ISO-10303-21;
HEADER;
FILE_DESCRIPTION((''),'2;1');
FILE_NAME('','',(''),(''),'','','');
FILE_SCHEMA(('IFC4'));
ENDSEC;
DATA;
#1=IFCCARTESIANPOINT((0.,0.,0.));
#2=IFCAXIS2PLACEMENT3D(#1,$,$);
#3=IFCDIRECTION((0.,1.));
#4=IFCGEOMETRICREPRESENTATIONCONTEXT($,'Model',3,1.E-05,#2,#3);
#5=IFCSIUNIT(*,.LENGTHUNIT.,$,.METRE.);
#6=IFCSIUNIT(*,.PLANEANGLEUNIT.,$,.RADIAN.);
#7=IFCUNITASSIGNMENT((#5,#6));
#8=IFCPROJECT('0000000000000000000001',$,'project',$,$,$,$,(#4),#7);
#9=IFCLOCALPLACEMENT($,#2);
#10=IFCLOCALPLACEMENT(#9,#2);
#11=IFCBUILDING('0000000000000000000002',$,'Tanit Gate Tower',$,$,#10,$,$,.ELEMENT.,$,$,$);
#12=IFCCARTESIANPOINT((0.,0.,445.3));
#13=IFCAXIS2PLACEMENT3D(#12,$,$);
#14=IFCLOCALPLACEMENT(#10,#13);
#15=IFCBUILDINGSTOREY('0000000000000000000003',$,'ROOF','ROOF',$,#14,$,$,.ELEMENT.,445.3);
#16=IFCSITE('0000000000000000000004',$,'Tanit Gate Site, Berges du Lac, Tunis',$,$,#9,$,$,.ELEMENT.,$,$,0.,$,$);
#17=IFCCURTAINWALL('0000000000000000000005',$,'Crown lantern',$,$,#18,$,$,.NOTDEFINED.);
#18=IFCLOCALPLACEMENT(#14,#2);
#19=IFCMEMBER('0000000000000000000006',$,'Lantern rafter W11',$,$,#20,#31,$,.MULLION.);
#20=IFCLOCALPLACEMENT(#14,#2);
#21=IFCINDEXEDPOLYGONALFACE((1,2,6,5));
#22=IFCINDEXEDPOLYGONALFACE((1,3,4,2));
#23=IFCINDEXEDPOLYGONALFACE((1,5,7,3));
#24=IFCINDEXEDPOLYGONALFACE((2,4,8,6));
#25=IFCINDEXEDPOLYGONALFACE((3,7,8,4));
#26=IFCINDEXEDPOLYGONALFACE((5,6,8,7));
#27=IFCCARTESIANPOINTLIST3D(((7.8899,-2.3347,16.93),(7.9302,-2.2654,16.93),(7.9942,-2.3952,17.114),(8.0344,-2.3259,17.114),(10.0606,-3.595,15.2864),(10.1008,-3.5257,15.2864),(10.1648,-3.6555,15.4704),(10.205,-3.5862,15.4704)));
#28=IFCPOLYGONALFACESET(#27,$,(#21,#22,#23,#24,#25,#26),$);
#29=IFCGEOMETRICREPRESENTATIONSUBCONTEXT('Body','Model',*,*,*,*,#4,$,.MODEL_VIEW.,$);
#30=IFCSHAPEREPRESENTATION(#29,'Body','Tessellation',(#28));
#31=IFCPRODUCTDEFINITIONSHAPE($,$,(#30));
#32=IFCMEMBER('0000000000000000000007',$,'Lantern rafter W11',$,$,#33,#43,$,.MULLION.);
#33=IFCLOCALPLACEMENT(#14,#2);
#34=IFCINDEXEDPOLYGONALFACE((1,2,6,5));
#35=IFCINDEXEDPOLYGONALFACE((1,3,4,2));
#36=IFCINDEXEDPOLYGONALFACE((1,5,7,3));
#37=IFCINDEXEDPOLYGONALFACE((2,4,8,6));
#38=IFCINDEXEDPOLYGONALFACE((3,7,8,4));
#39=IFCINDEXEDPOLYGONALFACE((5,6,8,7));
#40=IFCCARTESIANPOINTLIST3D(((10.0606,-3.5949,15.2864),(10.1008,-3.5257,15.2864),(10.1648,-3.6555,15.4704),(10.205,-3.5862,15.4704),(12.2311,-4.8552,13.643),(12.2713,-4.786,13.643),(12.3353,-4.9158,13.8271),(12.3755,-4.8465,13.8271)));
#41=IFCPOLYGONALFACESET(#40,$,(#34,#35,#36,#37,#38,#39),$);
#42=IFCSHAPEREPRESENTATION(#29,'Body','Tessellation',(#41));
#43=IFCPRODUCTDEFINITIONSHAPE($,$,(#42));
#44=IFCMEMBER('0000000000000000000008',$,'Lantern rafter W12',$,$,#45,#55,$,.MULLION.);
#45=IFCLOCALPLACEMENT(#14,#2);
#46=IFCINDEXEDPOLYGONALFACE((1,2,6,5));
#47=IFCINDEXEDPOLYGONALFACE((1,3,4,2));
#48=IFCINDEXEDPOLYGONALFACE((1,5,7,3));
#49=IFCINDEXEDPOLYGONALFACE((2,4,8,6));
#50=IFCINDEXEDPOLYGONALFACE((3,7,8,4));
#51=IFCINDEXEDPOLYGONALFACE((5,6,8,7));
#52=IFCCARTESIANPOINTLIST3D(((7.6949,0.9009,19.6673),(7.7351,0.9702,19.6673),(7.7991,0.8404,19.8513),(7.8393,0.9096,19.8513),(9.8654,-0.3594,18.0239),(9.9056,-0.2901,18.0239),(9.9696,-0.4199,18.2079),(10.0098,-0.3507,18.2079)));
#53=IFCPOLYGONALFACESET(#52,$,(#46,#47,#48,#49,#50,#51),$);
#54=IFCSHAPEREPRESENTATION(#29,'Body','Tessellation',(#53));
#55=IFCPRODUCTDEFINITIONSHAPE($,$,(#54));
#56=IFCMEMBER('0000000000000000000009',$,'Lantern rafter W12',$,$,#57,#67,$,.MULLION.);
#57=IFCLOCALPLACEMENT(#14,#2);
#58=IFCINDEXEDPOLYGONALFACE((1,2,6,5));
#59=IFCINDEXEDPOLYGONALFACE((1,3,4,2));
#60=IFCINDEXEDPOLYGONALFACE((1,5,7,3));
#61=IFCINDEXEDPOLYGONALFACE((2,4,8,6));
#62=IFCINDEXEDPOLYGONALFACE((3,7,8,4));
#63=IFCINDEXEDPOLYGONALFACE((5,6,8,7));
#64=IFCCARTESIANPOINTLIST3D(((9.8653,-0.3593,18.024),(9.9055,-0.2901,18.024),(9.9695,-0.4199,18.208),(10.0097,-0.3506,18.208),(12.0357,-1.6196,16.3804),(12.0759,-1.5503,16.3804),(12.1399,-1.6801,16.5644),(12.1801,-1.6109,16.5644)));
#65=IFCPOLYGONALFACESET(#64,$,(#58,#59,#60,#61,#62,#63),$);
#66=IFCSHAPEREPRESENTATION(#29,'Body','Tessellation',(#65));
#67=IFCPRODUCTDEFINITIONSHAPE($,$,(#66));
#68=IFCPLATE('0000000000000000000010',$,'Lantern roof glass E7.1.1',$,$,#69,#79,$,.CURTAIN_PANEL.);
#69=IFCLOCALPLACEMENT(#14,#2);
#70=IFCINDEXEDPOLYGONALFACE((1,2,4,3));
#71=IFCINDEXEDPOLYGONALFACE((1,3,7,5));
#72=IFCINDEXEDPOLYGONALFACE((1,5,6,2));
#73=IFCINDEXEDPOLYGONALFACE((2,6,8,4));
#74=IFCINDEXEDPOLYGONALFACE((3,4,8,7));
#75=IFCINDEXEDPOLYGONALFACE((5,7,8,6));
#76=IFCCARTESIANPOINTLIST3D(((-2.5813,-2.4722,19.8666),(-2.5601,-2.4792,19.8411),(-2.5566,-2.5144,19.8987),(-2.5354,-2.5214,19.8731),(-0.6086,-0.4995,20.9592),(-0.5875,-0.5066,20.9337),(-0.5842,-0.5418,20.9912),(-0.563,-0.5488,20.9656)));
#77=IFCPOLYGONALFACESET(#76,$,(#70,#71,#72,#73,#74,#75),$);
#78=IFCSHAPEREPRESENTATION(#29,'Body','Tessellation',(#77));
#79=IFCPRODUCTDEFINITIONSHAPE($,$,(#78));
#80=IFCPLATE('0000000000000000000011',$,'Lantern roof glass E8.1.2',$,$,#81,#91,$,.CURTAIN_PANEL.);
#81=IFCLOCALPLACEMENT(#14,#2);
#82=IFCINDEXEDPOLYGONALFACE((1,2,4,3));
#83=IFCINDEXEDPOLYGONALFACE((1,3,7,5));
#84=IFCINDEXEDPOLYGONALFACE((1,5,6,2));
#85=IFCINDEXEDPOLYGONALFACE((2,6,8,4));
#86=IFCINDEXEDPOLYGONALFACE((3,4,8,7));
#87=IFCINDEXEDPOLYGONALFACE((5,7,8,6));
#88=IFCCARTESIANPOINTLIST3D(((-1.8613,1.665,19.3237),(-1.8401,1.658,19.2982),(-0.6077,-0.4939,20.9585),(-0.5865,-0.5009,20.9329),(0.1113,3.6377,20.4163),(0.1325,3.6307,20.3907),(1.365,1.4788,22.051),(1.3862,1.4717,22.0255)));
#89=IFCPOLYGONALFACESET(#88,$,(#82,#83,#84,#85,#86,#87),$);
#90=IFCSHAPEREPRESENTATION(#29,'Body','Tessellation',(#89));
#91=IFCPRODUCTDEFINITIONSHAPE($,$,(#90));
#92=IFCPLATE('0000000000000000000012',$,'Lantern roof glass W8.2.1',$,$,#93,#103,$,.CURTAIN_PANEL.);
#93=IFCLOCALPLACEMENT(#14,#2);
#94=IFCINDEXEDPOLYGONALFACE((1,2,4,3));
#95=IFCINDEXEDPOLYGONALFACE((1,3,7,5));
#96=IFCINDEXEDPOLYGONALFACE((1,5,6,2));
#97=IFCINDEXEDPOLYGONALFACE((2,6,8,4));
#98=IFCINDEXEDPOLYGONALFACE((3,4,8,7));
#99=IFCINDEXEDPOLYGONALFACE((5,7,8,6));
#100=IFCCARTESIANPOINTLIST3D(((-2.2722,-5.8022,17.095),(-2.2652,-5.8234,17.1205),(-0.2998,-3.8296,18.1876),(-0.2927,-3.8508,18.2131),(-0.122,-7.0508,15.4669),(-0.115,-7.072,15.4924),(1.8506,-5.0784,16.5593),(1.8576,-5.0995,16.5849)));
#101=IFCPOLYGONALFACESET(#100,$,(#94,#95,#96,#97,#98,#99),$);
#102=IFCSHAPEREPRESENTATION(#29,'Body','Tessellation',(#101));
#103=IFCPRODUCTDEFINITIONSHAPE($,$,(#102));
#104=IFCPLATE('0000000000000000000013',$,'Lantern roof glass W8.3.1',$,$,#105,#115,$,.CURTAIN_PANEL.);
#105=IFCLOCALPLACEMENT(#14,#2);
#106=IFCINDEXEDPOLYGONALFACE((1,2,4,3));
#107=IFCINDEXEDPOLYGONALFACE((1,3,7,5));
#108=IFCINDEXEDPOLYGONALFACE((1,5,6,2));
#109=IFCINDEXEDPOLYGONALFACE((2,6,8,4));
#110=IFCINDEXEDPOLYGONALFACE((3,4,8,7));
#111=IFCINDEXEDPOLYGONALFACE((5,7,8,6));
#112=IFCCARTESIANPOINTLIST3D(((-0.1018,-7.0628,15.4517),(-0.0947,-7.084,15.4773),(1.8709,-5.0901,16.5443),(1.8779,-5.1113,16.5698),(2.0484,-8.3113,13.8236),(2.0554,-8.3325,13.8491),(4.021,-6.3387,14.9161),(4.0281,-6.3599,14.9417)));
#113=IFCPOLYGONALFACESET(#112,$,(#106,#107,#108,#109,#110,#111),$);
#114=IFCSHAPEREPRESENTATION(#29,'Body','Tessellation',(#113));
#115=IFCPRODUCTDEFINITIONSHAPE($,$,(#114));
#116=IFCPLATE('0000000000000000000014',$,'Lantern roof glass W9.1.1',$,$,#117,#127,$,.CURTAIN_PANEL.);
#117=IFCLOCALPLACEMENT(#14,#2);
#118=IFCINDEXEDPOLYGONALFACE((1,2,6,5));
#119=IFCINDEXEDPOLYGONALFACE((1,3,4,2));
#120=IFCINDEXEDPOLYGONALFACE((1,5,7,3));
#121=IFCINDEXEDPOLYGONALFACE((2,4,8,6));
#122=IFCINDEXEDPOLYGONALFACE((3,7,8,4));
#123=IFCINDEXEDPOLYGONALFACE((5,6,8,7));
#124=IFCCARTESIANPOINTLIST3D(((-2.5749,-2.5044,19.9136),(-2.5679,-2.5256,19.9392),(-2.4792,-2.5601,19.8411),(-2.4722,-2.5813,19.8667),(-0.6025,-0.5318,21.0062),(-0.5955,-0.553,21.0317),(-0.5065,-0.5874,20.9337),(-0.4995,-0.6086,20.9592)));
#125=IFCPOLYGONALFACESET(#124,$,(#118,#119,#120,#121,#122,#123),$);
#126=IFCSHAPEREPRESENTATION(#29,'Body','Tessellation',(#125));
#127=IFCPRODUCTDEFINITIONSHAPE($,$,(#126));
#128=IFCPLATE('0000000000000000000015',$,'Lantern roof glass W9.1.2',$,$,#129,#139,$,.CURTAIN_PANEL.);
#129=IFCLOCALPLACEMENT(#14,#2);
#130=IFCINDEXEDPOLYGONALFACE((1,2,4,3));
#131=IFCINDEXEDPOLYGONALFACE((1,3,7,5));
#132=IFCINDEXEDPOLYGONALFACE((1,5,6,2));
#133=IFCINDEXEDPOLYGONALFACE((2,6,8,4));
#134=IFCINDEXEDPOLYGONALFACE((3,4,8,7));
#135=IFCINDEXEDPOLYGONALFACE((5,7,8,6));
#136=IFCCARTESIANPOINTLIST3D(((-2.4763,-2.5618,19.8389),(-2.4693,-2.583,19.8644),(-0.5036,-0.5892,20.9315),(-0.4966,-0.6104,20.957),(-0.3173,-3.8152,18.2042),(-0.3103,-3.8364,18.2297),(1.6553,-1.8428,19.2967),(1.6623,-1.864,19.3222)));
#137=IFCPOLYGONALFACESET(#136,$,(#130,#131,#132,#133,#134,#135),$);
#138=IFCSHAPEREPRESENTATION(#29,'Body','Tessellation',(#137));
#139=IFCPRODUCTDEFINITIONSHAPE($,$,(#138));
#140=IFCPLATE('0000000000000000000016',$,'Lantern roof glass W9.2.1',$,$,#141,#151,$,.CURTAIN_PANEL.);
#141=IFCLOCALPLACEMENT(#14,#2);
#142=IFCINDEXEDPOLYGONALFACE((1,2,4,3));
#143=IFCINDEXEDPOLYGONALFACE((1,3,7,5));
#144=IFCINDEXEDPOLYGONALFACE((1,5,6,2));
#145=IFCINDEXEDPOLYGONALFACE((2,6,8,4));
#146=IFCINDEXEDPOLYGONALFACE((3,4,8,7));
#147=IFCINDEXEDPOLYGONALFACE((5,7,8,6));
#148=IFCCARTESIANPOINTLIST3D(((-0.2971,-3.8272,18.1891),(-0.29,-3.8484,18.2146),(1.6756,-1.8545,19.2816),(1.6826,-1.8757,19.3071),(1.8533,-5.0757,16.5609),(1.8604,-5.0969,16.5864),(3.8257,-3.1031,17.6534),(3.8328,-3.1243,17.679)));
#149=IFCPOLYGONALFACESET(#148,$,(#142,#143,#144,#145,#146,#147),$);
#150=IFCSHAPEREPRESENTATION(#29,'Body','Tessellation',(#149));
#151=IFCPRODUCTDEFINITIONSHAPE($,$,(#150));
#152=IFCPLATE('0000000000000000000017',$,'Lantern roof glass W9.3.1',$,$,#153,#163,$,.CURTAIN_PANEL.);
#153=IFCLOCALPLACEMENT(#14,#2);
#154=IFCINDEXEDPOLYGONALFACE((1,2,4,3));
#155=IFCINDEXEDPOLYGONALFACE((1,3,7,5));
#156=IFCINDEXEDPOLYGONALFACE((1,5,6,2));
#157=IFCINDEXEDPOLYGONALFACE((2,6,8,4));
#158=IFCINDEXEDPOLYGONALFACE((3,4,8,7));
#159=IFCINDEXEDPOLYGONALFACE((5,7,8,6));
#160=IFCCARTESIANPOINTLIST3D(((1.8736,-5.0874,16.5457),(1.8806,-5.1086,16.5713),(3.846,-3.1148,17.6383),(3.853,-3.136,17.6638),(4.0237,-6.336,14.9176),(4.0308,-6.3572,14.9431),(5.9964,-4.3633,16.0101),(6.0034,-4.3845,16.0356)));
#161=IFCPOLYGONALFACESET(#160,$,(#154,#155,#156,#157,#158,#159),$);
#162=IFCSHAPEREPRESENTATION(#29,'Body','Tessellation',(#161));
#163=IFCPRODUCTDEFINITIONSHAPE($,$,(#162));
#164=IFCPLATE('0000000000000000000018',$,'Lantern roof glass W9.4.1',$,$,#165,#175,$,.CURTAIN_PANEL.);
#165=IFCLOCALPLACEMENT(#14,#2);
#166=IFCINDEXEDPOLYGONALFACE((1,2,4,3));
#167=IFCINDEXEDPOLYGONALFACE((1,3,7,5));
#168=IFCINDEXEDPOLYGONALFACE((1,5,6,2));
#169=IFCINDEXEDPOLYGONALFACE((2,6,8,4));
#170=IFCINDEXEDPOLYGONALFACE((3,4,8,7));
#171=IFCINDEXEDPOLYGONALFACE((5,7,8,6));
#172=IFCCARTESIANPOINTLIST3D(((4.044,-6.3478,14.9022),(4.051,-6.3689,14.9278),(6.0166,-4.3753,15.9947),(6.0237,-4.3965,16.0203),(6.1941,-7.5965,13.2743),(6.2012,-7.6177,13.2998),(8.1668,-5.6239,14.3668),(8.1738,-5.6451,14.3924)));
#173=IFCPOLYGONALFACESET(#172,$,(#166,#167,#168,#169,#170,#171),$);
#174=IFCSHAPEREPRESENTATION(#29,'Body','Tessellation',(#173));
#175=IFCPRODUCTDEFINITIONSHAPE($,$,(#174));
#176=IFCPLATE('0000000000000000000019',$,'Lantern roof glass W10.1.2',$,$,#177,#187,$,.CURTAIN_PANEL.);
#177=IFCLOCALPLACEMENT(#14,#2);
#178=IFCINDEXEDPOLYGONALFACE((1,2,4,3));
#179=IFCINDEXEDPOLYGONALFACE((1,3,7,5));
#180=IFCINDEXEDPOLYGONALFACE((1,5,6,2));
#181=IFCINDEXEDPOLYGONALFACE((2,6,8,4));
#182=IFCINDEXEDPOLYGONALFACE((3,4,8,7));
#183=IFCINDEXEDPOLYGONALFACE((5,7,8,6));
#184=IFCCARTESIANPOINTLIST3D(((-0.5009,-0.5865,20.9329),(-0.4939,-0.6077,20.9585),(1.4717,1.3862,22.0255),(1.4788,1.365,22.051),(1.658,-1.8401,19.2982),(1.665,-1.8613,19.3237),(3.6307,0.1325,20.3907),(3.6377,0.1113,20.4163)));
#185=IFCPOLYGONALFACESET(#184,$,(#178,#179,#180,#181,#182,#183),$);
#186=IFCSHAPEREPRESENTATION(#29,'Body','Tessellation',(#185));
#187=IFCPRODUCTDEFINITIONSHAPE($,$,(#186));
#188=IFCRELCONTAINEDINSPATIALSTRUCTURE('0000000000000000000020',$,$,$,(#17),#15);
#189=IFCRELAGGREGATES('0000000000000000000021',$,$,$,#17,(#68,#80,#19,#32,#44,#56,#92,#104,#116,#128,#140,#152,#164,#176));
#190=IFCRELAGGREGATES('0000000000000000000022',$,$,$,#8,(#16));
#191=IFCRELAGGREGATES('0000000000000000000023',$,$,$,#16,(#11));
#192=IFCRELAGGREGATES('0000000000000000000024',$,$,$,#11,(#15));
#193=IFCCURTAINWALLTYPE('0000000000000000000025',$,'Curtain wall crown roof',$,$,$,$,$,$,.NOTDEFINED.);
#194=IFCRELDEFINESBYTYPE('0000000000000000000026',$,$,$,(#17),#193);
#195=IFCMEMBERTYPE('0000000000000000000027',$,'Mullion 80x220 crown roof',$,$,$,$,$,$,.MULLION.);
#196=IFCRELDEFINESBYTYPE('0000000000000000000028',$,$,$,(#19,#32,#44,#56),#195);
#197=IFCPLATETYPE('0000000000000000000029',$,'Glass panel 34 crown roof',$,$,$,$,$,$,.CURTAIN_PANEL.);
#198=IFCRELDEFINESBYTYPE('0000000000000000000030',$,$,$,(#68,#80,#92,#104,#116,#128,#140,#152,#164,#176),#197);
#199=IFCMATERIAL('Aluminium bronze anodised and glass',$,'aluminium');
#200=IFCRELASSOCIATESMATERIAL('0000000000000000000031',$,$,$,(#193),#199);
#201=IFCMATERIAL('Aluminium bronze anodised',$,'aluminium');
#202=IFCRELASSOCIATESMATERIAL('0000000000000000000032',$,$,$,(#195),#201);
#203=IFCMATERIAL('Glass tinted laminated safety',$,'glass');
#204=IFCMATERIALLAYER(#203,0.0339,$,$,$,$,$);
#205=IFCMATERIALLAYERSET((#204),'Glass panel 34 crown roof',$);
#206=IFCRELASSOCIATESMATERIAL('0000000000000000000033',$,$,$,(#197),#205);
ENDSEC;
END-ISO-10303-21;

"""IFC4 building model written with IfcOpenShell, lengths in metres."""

from ifc_helpers import new_model, si_unit, direction, frame, origin, origin_2d, place, context, subcontext, project, spatial, polyline, rectangle, outline, extrude, material, layer, layer_set, material_profile, profile_set, type_object, element, aggregate, save


model = new_model("IFC4")

# Units and contexts
model_context = context("Model", 3, precision=1e-05, world=origin(), true_north=direction((0.0, 1.0)))
body_context = subcontext(model_context, "Body", "Model", "MODEL_VIEW")
ifc_project = project(units=[si_unit("LENGTHUNIT", "METRE"), si_unit("PLANEANGLEUNIT", "RADIAN")], contexts=[model_context])

# Site, building, storey
site_placement = place(None, origin())
site = spatial("IfcSite", under=ifc_project, at=site_placement, Name="Tanit Gate Site, Berges du Lac, Tunis", CompositionType="ELEMENT", RefElevation=0.0)
building_placement = place(site_placement, origin())
building = spatial("IfcBuilding", under=site, at=building_placement, Name="Tanit Gate Tower", CompositionType="ELEMENT")
storey_placement = place(building_placement, frame((0.0, 0.0, 445.3)))
storey = spatial("IfcBuildingStorey", under=building, at=storey_placement, Name="ROOF", Description="ROOF", CompositionType="ELEMENT", Elevation=445.3)

# Curtain wall, members, plates
ifc_material_1 = material(Name="Aluminium bronze anodised and glass", Category="aluminium")
curtain_wall_type = type_object("IfcCurtainWallType", Name="Curtain wall crown roof", PredefinedType="NOTDEFINED", material=ifc_material_1)
curtain_wall_placement = place(storey_placement, origin())
curtain_wall = element("IfcCurtainWall", 1, at=curtain_wall_placement, inside=storey, type_object=curtain_wall_type, Name="Crown lantern", PredefinedType="NOTDEFINED")
ifc_material_2 = material(Name="Aluminium bronze anodised", Category="aluminium")
ifc_material_profile = material_profile(ifc_material_2, rectangle(XDim=0.0801, YDim=0.22, at=origin_2d()), Name="80x220 bronze rafter")
ifc_profile_set = profile_set([ifc_material_profile], Name="Aluminium bronze anodised")
member_type = type_object("IfcMemberType", Name="Mullion 80x220 crown roof", PredefinedType="MULLION", material=ifc_profile_set)
member_1_placement = place(storey_placement, frame((7.9622, -2.3303, 17.022), z_axis=(0.723501, -0.420055, -0.547813), x_axis=(0.502098, 0.864811, 0.0)))
member_1 = element("IfcMember", 2, at=member_1_placement, type_object=member_type, Name="Lantern rafter W11", PredefinedType="MULLION", context=body_context, shape_type="SweptSolid", body=[
    extrude(rectangle(XDim=0.0801, YDim=0.22, at=origin_2d()), origin(), (0.0, 0.0, 1.0), 3.0002),
])
member_2_placement = place(storey_placement, frame((10.1328, -3.5906, 15.3784), z_axis=(0.723495, -0.420099, -0.547789), x_axis=(0.50214, 0.864786, 0.0)))
member_2 = element("IfcMember", 3, at=member_2_placement, type_object=member_type, Name="Lantern rafter W11", PredefinedType="MULLION", context=body_context, shape_type="SweptSolid", body=[
    extrude(rectangle(XDim=0.0801, YDim=0.22, at=origin_2d()), origin(), (0.0, 0.0, 1.0), 3.0),
])
member_3_placement = place(storey_placement, frame((7.7671, 0.9053, 19.7593), z_axis=(0.723495, -0.420099, -0.547789), x_axis=(0.50214, 0.864786, 0.0)))
member_3 = element("IfcMember", 4, at=member_3_placement, type_object=member_type, Name="Lantern rafter W12", PredefinedType="MULLION", context=body_context, shape_type="SweptSolid", body=[
    extrude(rectangle(XDim=0.0801, YDim=0.22, at=origin_2d()), origin(), (0.0, 0.0, 1.0), 3.0),
])
member_4_placement = place(storey_placement, frame((9.9375, -0.355, 18.116), z_axis=(0.723462, -0.42008, -0.547846), x_axis=(0.50214, 0.864786, 0.0)))
member_4 = element("IfcMember", 5, at=member_4_placement, type_object=member_type, Name="Lantern rafter W12", PredefinedType="MULLION", context=body_context, shape_type="SweptSolid", body=[
    extrude(rectangle(XDim=0.0801, YDim=0.22, at=origin_2d()), origin(), (0.0, 0.0, 1.0), 3.0),
])
ifc_material_3 = material(Name="Glass tinted laminated safety", Category="glass")
ifc_layer = layer(ifc_material_3, 0.0339)
ifc_layer_set = layer_set([ifc_layer], Name="Glass panel 34 crown roof")
plate_type = type_object("IfcPlateType", Name="Glass panel 34 crown roof", PredefinedType="CURTAIN_PANEL", material=ifc_layer_set)
plate_1_placement = place(storey_placement, frame((-0.6086, -0.4995, 20.9592), z_axis=(-0.624484, 0.207409, 0.752995), x_axis=(-0.658401, -0.658422, -0.364675)))
plate_1 = element("IfcPlate", 6, at=plate_1_placement, type_object=plate_type, Name="Lantern roof glass E7.1.1", PredefinedType="CURTAIN_PANEL", context=body_context, shape_type="SweptSolid", body=[
    extrude(outline(polyline([(0.0, 0.0), (2.9961, 0.0), (2.996, 0.0584), (0.0001, 0.0583), (0.0, 0.0)])), origin(), (0.0, 0.0, -1.0), 0.0339),
])
plate_2_placement = place(storey_placement, frame((-0.6077, -0.4939, 20.9585), z_axis=(-0.624509, 0.207497, 0.75295), x_axis=(0.658417, 0.658417, 0.364656)))
plate_2 = element("IfcPlate", 7, at=plate_2_placement, type_object=plate_type, Name="Lantern roof glass E8.1.2", PredefinedType="CURTAIN_PANEL", context=body_context, shape_type="SweptSolid", body=[
    extrude(outline(polyline([(0.0, 0.0), (2.9961, 0.0), (2.996, 2.9841), (-0.0001, 2.9841), (0.0, 0.0)])), origin(), (0.0, 0.0, -1.0), 0.0339),
])
plate_3_placement = place(storey_placement, frame((-0.115, -7.072, 15.4924), z_axis=(0.207477, -0.624514, 0.752951), x_axis=(0.658445, 0.658392, 0.36465)))
plate_3 = element("IfcPlate", 8, at=plate_3_placement, type_object=plate_type, Name="Lantern roof glass W8.2.1", PredefinedType="CURTAIN_PANEL", context=body_context, shape_type="SweptSolid", body=[
    extrude(outline(polyline([(0.0, 0.0), (2.9959, 0.0), (2.9959, 2.9723), (0.0, 2.972), (0.0, 0.0)])), origin(), (0.0, 0.0, -1.0), 0.0339),
])
plate_4_placement = place(storey_placement, frame((2.0554, -8.3325, 13.8491), z_axis=(0.207513, -0.624518, 0.752938), x_axis=(0.658417, 0.658417, 0.364656)))
plate_4 = element("IfcPlate", 9, at=plate_4_placement, type_object=plate_type, Name="Lantern roof glass W8.3.1", PredefinedType="CURTAIN_PANEL", context=body_context, shape_type="SweptSolid", body=[
    extrude(outline(polyline([(0.0, 0.0), (2.9961, 0.0), (2.9961, 2.972), (0.0001, 2.972), (0.0, 0.0)])), origin(), (0.0, 0.0, -1.0), 0.0339),
])
plate_5_placement = place(storey_placement, frame((-0.5955, -0.553, 21.0317), z_axis=(0.20723, -0.624345, 0.75316), x_axis=(-0.658373, -0.658447, -0.364681)))
plate_5 = element("IfcPlate", 10, at=plate_5_placement, type_object=plate_type, Name="Lantern roof glass W9.1.1", PredefinedType="CURTAIN_PANEL", context=body_context, shape_type="SweptSolid", body=[
    extrude(outline(polyline([(0.0, 0.0), (2.9959, 0.0), (2.996, 0.1323), (-0.0001, 0.1325), (0.0, 0.0)])), origin(), (0.0, 0.0, -1.0), 0.0339),
])
plate_6_placement = place(storey_placement, frame((-0.3103, -3.8364, 18.2297), z_axis=(0.207499, -0.624536, 0.752927), x_axis=(0.658447, 0.658387, 0.364656)))
plate_6 = element("IfcPlate", 11, at=plate_6_placement, type_object=plate_type, Name="Lantern roof glass W9.1.2", PredefinedType="CURTAIN_PANEL", context=body_context, shape_type="SweptSolid", body=[
    extrude(outline(polyline([(0.0, 0.0), (2.9959, 0.0), (2.9959, 2.9841), (-0.0002, 2.984), (0.0, 0.0)])), origin(), (0.0, 0.0, -1.0), 0.0339),
])
plate_7_placement = place(storey_placement, frame((1.8604, -5.0969, 16.5864), z_axis=(0.207512, -0.624508, 0.752946), x_axis=(0.658373, 0.658447, 0.364681)))
plate_7 = element("IfcPlate", 12, at=plate_7_placement, type_object=plate_type, Name="Lantern roof glass W9.2.1", PredefinedType="CURTAIN_PANEL", context=body_context, shape_type="SweptSolid", body=[
    extrude(outline(polyline([(0.0, 0.0), (2.9959, 0.0), (2.9962, 2.972), (0.0001, 2.9722), (0.0, 0.0)])), origin(), (0.0, 0.0, -1.0), 0.0339),
])
plate_8_placement = place(storey_placement, frame((4.0308, -6.3572, 14.9431), z_axis=(0.207512, -0.624508, 0.752946), x_axis=(0.658415, 0.658422, 0.364649)))
plate_8 = element("IfcPlate", 13, at=plate_8_placement, type_object=plate_type, Name="Lantern roof glass W9.3.1", PredefinedType="CURTAIN_PANEL", context=body_context, shape_type="SweptSolid", body=[
    extrude(outline(polyline([(0.0, 0.0), (2.9961, 0.0), (2.996, 2.9722), (0.0001, 2.972), (0.0, 0.0)])), origin(), (0.0, 0.0, -1.0), 0.0339),
])
plate_9_placement = place(storey_placement, frame((6.2012, -7.6177, 13.2998), z_axis=(0.207433, -0.624498, 0.752977), x_axis=(0.658422, 0.658401, 0.364675)))
plate_9 = element("IfcPlate", 14, at=plate_9_placement, type_object=plate_type, Name="Lantern roof glass W9.4.1", PredefinedType="CURTAIN_PANEL", context=body_context, shape_type="SweptSolid", body=[
    extrude(outline(polyline([(0.0, 0.0), (2.9961, 0.0), (2.9961, 2.9719), (0.0002, 2.972), (0.0, 0.0)])), origin(), (0.0, 0.0, -1.0), 0.0339),
])
plate_10_placement = place(storey_placement, frame((1.665, -1.8613, 19.3237), z_axis=(0.207497, -0.624509, 0.75295), x_axis=(0.658417, 0.658417, 0.364656)))
plate_10 = element("IfcPlate", 15, at=plate_10_placement, type_object=plate_type, Name="Lantern roof glass W10.1.2", PredefinedType="CURTAIN_PANEL", context=body_context, shape_type="SweptSolid", body=[
    extrude(outline(polyline([(0.0, 0.0), (2.9961, 0.0), (2.9961, 2.9841), (0.0001, 2.9841), (0.0, 0.0)])), origin(), (0.0, 0.0, -1.0), 0.0339),
])
aggregate(curtain_wall, [plate_1, plate_2, member_1, member_2, member_3, member_4, plate_3, plate_4, plate_5, plate_6, plate_7, plate_8, plate_9, plate_10])

save(model, "model.ifc")
